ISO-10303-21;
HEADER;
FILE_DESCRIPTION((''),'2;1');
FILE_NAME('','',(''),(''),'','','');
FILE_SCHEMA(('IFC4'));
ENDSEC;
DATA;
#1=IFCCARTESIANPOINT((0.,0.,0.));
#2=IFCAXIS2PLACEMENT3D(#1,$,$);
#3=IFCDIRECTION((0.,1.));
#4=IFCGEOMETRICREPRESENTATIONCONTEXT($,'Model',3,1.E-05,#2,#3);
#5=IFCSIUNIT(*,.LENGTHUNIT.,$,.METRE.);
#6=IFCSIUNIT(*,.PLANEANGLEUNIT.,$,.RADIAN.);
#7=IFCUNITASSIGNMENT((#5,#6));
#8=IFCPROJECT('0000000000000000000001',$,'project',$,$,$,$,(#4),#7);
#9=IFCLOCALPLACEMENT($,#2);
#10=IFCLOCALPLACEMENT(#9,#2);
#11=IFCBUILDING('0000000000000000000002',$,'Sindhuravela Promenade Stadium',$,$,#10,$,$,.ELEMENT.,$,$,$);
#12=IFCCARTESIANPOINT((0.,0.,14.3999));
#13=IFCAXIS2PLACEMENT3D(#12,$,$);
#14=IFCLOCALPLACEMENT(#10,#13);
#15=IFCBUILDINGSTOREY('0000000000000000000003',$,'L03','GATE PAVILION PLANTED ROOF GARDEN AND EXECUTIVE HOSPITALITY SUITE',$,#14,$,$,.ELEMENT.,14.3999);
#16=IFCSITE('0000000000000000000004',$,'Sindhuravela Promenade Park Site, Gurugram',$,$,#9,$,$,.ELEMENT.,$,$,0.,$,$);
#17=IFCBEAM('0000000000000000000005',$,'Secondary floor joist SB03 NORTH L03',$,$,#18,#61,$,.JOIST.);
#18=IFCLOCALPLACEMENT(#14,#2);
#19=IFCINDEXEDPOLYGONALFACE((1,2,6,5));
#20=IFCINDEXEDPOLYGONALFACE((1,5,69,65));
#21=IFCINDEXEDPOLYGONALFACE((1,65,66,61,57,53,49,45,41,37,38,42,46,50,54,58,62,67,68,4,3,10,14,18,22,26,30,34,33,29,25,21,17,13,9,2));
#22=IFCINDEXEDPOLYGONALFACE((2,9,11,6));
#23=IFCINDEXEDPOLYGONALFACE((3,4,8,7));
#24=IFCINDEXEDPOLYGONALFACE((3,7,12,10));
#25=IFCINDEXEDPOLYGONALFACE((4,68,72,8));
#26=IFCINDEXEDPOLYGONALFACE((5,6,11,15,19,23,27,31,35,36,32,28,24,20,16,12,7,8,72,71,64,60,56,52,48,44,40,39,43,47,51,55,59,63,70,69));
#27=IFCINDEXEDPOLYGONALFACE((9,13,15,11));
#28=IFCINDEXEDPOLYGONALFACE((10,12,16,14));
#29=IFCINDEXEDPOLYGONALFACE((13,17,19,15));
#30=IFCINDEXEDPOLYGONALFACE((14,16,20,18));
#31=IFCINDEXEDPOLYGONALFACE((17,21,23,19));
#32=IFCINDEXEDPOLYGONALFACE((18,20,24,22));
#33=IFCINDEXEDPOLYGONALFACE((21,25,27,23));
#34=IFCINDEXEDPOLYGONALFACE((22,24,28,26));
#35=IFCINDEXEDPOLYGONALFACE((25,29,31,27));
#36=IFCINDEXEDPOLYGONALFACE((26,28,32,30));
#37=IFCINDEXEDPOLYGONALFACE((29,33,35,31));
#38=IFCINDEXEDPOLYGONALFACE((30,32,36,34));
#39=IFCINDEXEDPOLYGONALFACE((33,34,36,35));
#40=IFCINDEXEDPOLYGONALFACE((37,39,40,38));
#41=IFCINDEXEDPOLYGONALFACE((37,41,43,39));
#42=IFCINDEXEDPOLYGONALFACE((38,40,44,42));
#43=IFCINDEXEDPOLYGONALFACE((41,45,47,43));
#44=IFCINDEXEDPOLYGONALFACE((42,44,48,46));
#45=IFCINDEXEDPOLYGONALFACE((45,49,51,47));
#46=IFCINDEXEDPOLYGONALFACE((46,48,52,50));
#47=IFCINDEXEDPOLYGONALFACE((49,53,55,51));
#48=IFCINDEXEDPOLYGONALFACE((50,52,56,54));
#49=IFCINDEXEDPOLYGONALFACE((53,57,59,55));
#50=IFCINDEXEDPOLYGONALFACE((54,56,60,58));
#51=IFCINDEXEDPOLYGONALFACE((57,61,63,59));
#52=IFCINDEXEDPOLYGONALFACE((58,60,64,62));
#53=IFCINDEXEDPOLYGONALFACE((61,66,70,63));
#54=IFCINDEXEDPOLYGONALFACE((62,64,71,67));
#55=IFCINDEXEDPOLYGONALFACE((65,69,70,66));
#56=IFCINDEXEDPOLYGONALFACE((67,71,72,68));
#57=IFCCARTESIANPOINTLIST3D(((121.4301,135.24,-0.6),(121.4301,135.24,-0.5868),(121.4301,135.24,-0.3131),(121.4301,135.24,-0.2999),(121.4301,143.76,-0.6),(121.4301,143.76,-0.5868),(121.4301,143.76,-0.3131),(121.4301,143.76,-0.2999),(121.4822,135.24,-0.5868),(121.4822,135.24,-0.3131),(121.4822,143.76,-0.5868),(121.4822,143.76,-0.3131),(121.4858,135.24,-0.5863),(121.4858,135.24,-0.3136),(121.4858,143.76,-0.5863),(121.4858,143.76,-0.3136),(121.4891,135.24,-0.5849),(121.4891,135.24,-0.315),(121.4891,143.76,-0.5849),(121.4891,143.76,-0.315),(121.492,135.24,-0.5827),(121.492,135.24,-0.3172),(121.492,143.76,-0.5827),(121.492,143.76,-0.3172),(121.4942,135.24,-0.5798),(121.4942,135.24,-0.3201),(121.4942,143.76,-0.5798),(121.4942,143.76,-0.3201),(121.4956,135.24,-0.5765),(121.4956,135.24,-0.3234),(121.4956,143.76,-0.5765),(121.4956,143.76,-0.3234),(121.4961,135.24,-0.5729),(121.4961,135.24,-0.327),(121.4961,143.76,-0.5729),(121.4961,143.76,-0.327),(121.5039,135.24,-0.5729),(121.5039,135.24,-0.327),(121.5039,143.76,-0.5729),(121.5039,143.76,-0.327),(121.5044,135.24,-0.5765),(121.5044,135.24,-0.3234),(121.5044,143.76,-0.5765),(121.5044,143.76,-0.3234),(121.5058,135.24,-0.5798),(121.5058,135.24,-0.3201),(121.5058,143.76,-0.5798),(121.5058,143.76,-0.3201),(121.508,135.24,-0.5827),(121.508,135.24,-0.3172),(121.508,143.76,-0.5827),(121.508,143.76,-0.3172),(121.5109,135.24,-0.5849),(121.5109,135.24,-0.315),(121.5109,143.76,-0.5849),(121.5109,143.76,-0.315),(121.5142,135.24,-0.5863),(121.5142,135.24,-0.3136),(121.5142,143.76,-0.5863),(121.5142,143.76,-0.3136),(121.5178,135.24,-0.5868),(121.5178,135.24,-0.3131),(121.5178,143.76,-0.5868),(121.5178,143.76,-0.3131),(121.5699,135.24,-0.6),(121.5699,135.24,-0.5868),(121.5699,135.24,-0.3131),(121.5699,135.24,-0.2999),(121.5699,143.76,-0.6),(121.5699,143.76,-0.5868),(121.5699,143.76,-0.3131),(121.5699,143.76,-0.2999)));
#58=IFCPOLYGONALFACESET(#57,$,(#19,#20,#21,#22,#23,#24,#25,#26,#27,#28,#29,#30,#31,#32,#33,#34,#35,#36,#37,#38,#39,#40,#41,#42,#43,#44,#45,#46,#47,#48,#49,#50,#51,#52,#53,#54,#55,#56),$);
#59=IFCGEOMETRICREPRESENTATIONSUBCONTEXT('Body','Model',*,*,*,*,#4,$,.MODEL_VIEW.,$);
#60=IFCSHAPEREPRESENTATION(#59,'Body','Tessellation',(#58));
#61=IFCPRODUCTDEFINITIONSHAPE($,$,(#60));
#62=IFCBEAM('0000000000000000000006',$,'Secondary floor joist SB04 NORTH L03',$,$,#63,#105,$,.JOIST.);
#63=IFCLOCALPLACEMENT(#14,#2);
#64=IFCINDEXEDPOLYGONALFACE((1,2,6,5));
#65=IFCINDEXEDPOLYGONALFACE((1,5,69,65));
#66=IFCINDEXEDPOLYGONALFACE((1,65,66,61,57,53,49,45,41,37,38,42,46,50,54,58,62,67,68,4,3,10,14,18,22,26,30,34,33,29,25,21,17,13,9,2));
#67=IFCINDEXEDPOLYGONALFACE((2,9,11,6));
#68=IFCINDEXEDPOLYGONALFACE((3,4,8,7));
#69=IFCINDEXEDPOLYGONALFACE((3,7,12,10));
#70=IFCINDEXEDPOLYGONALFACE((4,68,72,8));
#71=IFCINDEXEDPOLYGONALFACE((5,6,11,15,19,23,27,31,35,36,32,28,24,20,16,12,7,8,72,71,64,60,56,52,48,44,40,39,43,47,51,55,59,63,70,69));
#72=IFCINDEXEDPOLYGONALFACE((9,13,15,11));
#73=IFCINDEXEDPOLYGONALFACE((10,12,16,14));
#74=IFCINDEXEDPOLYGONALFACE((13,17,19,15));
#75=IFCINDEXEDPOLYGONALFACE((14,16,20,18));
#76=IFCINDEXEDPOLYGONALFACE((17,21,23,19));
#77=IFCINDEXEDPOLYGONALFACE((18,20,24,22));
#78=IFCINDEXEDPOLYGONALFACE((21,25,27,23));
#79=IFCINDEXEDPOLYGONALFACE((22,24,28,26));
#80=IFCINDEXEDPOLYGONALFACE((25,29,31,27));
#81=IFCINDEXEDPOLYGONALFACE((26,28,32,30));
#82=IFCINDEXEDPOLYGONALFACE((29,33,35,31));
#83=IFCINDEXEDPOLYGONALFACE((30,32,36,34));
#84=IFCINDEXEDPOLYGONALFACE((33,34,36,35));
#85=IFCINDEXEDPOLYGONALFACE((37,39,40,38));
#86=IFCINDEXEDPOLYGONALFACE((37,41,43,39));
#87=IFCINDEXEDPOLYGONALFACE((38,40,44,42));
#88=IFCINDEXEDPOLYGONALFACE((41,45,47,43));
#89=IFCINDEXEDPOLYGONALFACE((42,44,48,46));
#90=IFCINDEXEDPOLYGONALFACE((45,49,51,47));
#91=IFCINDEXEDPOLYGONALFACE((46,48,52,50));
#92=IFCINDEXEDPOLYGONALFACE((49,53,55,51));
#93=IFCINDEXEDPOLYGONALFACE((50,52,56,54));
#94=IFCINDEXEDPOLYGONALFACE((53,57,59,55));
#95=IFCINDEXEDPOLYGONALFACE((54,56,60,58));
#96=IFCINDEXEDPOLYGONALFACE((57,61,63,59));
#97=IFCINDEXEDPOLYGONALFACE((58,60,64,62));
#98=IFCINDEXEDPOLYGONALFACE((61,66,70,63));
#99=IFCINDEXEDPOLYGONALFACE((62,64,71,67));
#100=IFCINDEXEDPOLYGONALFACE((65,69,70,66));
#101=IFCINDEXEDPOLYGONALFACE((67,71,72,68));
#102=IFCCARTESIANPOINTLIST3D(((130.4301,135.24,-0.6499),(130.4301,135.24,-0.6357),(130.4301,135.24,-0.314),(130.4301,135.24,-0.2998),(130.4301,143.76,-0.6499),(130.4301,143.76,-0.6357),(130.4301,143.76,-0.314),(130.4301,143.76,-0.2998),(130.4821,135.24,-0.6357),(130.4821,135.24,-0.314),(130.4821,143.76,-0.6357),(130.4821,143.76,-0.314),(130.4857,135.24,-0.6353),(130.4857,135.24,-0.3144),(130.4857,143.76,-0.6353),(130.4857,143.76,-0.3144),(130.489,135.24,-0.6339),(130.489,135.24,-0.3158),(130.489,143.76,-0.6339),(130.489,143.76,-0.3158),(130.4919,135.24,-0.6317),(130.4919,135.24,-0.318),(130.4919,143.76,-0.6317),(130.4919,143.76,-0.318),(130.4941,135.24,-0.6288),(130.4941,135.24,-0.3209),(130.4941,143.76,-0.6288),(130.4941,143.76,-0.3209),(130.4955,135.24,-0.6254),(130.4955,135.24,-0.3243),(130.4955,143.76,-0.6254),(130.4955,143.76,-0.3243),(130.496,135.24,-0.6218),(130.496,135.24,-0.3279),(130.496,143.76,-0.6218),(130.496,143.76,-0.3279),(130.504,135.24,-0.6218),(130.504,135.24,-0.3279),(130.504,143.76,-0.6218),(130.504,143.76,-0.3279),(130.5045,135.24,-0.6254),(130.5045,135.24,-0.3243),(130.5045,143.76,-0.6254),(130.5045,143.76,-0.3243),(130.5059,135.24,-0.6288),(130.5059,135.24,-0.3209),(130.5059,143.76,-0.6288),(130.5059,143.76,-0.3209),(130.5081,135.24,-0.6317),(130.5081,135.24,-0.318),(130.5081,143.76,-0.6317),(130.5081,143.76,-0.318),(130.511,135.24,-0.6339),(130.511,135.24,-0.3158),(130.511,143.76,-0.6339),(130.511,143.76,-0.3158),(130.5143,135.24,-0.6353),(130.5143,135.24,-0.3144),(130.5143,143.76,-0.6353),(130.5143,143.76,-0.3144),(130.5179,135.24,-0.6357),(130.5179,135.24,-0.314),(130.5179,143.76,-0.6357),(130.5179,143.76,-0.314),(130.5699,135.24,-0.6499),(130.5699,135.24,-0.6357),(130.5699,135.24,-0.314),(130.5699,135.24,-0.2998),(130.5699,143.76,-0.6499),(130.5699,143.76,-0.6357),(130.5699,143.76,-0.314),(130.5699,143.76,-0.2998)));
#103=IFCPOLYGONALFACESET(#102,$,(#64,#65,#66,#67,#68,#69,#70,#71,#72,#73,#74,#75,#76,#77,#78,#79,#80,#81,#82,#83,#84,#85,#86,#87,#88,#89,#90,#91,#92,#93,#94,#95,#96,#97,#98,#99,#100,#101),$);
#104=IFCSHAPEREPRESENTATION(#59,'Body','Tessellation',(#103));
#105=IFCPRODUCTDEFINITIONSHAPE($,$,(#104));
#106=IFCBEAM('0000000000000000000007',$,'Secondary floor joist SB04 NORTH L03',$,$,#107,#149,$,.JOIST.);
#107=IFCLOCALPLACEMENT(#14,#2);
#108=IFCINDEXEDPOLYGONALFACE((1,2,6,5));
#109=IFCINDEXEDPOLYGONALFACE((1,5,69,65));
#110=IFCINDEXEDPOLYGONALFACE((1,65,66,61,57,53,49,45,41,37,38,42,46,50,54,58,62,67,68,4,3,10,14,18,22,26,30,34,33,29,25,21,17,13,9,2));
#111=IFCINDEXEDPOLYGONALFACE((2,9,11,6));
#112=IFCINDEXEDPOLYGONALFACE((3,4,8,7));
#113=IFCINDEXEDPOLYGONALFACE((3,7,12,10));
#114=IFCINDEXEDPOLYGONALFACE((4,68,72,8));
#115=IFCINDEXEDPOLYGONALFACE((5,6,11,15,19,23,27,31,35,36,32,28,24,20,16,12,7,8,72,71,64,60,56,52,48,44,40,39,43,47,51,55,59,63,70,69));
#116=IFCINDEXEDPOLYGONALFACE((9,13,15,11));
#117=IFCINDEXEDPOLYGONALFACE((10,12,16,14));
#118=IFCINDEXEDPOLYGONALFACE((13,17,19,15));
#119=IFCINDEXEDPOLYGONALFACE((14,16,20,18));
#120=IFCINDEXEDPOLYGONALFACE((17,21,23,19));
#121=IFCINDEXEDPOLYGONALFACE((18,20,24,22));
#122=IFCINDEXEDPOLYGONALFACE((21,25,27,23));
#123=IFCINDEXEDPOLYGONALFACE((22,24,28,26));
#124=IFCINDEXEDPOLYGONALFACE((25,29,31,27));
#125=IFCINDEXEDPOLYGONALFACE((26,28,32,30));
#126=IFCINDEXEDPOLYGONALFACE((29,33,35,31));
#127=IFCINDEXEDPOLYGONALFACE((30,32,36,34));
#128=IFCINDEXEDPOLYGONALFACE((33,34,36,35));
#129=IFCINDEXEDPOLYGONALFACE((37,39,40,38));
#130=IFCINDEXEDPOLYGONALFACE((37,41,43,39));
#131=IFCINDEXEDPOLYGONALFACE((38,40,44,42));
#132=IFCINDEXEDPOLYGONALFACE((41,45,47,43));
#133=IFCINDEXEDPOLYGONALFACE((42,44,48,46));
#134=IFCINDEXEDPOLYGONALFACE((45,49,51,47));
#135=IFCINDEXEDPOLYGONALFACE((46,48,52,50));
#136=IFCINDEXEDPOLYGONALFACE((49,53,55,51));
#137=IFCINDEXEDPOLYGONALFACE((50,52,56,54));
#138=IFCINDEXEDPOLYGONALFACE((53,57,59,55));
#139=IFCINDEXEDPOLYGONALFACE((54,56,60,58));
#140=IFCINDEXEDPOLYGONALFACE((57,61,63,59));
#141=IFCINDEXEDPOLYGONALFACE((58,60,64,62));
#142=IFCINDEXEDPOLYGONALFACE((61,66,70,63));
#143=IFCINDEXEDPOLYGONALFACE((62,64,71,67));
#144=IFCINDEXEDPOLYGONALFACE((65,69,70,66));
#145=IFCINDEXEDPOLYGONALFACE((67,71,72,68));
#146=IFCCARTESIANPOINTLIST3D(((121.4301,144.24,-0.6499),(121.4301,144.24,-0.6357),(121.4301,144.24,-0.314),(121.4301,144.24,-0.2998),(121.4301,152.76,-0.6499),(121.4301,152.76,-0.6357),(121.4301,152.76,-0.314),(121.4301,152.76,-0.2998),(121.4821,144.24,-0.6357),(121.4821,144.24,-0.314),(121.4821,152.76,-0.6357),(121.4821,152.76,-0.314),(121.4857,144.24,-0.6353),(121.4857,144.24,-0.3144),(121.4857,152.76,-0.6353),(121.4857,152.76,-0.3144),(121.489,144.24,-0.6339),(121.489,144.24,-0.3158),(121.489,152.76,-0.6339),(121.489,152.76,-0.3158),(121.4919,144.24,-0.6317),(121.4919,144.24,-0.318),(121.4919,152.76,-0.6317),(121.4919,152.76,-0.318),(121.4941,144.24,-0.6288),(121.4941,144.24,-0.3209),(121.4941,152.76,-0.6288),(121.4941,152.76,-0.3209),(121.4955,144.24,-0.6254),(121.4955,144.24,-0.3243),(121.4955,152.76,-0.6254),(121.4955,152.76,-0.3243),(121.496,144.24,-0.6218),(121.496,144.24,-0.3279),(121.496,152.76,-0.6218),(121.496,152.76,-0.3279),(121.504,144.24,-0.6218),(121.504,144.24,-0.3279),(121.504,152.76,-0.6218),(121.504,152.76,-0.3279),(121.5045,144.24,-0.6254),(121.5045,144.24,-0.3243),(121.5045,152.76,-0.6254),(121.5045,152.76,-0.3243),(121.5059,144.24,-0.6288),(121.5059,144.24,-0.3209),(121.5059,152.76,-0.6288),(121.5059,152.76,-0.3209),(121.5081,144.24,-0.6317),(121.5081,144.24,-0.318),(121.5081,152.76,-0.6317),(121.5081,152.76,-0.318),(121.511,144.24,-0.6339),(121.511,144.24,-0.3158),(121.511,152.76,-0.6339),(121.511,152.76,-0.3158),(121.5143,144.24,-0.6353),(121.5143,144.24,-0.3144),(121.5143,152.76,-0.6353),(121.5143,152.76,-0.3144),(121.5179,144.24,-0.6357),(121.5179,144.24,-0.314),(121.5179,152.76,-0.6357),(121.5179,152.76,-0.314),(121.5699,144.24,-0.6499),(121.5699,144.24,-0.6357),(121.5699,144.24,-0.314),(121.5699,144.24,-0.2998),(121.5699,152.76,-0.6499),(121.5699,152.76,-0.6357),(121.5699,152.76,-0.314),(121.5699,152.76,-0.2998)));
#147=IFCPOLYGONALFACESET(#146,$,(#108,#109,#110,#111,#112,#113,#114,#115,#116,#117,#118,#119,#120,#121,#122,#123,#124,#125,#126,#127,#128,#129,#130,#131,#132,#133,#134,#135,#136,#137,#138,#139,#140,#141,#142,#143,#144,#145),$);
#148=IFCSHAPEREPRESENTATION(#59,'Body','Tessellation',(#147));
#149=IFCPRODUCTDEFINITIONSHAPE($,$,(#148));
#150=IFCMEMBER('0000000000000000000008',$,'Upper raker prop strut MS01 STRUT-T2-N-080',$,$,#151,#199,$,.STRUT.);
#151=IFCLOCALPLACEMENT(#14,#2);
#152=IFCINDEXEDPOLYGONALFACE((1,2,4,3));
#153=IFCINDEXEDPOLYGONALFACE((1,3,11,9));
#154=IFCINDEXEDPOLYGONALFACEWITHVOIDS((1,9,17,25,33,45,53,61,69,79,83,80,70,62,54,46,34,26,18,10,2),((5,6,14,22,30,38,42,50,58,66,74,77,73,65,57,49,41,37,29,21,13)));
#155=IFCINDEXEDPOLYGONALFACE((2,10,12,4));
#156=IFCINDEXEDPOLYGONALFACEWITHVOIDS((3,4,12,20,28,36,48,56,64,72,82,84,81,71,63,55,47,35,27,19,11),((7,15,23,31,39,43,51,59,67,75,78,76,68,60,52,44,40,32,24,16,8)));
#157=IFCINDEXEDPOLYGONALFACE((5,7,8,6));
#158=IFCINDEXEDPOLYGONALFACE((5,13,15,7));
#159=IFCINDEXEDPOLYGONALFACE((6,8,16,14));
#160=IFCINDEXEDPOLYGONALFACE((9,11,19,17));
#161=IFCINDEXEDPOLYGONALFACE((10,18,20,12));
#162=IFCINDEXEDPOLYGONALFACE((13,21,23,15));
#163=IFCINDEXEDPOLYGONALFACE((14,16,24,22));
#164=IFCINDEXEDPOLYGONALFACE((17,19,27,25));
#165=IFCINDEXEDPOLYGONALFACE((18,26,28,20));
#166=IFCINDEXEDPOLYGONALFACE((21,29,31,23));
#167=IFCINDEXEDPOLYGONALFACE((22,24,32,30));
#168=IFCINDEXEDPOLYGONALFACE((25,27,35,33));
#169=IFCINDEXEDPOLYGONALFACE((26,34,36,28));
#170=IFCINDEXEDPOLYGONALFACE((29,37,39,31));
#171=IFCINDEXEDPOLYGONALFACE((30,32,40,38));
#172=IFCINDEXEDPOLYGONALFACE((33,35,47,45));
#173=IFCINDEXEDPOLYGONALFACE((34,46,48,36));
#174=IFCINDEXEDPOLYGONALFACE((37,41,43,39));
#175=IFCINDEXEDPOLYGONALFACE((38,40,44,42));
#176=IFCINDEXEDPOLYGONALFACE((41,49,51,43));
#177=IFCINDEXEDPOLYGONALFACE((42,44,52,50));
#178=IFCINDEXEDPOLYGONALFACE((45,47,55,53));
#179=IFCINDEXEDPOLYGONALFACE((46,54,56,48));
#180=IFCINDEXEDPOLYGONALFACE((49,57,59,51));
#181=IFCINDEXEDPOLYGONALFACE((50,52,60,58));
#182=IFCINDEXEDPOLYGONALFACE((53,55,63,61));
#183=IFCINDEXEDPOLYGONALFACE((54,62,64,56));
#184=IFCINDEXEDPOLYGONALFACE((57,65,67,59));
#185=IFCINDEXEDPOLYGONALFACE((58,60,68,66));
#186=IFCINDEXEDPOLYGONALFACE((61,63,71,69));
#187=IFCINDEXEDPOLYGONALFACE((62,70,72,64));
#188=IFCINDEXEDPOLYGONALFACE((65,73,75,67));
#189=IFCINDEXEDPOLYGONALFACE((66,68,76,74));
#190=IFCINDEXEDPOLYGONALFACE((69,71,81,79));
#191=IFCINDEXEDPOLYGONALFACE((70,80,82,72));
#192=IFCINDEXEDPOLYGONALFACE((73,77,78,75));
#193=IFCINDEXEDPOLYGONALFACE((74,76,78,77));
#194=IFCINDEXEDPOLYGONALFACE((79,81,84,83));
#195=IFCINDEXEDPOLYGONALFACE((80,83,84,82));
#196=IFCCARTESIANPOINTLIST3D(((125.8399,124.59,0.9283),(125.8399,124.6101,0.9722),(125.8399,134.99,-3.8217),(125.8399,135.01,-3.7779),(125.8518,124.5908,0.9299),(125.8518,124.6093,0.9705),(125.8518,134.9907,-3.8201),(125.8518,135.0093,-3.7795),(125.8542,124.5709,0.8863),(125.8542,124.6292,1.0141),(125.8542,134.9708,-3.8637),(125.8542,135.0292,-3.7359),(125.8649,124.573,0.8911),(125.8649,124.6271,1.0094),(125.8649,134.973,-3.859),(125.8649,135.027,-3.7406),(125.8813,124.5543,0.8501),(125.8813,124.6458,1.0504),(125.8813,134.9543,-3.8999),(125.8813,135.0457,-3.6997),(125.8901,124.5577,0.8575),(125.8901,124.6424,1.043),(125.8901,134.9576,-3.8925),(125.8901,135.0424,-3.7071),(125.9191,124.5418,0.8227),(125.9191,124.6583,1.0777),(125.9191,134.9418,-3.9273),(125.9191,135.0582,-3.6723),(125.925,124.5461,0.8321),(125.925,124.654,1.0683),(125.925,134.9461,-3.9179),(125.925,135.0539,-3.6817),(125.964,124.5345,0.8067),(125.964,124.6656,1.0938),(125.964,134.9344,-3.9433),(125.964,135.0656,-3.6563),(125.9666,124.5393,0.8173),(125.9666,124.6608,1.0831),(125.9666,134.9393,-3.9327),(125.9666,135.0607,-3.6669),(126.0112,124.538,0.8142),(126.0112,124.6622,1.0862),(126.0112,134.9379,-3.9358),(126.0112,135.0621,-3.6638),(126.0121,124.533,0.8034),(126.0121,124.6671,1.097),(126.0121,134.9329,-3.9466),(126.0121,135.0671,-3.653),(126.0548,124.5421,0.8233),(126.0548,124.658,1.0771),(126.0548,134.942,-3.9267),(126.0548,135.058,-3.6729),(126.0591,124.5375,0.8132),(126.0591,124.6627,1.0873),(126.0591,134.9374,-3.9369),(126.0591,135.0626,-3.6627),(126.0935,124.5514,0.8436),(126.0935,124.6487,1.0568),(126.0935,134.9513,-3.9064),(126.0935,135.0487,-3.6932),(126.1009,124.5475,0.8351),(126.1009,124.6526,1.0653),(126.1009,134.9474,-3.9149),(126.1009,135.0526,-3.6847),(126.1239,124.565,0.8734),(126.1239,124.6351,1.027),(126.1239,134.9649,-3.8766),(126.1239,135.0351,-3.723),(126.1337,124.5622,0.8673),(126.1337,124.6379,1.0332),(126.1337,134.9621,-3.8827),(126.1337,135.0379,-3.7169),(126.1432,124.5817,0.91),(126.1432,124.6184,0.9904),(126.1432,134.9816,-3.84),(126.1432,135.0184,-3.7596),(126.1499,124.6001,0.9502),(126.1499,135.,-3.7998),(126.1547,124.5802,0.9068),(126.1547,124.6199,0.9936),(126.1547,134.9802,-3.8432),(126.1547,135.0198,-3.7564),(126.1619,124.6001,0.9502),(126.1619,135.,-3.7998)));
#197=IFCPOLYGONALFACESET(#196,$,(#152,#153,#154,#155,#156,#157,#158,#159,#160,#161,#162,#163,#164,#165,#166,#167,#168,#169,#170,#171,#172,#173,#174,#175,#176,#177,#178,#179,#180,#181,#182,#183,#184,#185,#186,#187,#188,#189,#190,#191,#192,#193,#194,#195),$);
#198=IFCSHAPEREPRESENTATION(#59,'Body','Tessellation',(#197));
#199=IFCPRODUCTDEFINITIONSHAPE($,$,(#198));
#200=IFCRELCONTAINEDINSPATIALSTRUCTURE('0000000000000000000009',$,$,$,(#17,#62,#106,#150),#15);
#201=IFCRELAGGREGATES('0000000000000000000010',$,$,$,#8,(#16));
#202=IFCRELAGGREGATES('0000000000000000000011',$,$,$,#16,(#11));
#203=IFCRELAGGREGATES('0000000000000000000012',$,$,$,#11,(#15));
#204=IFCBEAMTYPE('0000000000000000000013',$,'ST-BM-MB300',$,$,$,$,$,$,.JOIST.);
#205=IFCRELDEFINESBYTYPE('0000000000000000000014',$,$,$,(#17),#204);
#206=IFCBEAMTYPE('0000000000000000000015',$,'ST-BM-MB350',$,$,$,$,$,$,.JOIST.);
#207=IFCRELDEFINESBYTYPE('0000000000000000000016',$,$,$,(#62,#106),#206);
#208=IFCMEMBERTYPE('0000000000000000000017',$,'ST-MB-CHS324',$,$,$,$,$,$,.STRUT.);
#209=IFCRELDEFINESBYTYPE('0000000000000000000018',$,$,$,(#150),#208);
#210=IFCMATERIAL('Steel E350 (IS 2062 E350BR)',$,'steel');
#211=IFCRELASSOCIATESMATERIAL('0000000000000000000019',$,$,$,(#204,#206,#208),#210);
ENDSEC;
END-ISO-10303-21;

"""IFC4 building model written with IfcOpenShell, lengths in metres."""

from ifc_helpers import new_model, si_unit, direction, frame, origin, origin_2d, place, context, subcontext, project, spatial, hollow_circle, i_section, extrude, material, material_profile, profile_set, type_object, element, save


model = new_model("IFC4")

# Units and contexts
model_context = context("Model", 3, precision=1e-05, world=origin(), true_north=direction((0.0, 1.0)))
body_context = subcontext(model_context, "Body", "Model", "MODEL_VIEW")
ifc_project = project(units=[si_unit("LENGTHUNIT", "METRE"), si_unit("PLANEANGLEUNIT", "RADIAN")], contexts=[model_context])

# Site, building, storey
site_placement = place(None, origin())
site = spatial("IfcSite", under=ifc_project, at=site_placement, Name="Sindhuravela Promenade Park Site, Gurugram", CompositionType="ELEMENT", RefElevation=0.0)
building_placement = place(site_placement, origin())
building = spatial("IfcBuilding", under=site, at=building_placement, Name="Sindhuravela Promenade Stadium", CompositionType="ELEMENT")
storey_placement = place(building_placement, frame((0.0, 0.0, 14.3999)))
storey = spatial("IfcBuildingStorey", under=building, at=storey_placement, Name="L03", Description="GATE PAVILION PLANTED ROOF GARDEN AND EXECUTIVE HOSPITALITY SUITE", CompositionType="ELEMENT", Elevation=14.3999)

# Beams
ifc_material_1 = material(Name="Steel E350 (IS 2062 E350BR)", Category="steel")
ifc_material_profile_1 = material_profile(ifc_material_1, i_section(OverallWidth=0.1399, OverallDepth=0.3, WebThickness=0.0078, FlangeThickness=0.0132, FilletRadius=0.0139, at=origin_2d()), Name="ISMB 300")
ifc_profile_set_1 = profile_set([ifc_material_profile_1], Name="Steel E350 (IS 2062 E350BR)")
beam_type_1 = type_object("IfcBeamType", Name="ST-BM-MB300", PredefinedType="JOIST", material=ifc_profile_set_1)
beam_placement = place(storey_placement, frame((121.5, 135.24, -0.45), z_axis=(0.0, 1.0, 0.0), x_axis=(-1.0, 0.0, 0.0)))
element("IfcBeam", 1, at=beam_placement, inside=storey, type_object=beam_type_1, Name="Secondary floor joist SB03 NORTH L03", PredefinedType="JOIST", context=body_context, shape_type="SweptSolid", body=[
    extrude(i_section(OverallWidth=0.1399, OverallDepth=0.3, WebThickness=0.0078, FlangeThickness=0.0132, FilletRadius=0.0139, at=origin_2d()), origin(), (0.0, 0.0, 1.0), 8.52),
])
ifc_material_profile_2 = material_profile(ifc_material_1, i_section(OverallWidth=0.1399, OverallDepth=0.3501, WebThickness=0.0081, FlangeThickness=0.0142, FilletRadius=0.0139, at=origin_2d()), Name="ISMB 350")
ifc_profile_set_2 = profile_set([ifc_material_profile_2], Name="Steel E350 (IS 2062 E350BR)")
beam_type_2 = type_object("IfcBeamType", Name="ST-BM-MB350", PredefinedType="JOIST", material=ifc_profile_set_2)
for number, where, z_axis, x_axis, name in (
    (2, (130.5, 135.24, -0.4749), (0.0, 1.0, 0.0), (-1.0, 0.0, 0.0), "Secondary floor joist SB04 NORTH L03"),
    (3, (121.5, 144.24, -0.4749), (0.0, 1.0, 0.0), (-1.0, 0.0, 0.0), "Secondary floor joist SB04 NORTH L03"),
):
    element("IfcBeam", number, at=place(storey_placement, frame(where, z_axis=z_axis, x_axis=x_axis)), inside=storey, type_object=beam_type_2, Name=name, PredefinedType="JOIST", context=body_context, shape_type="SweptSolid", body=[
        extrude(i_section(OverallWidth=0.1399, OverallDepth=0.3501, WebThickness=0.0081, FlangeThickness=0.0142, FilletRadius=0.0139, at=origin_2d()), origin(), (0.0, 0.0, 1.0), 8.52),
    ])

# Member
ifc_material_profile_3 = material_profile(ifc_material_1, hollow_circle(Radius=0.1619, WallThickness=0.012, at=origin_2d()), Name="CHS 323.9x12")
ifc_profile_set_3 = profile_set([ifc_material_profile_3], Name="Steel E350 (IS 2062 E350BR)")
member_type = type_object("IfcMemberType", Name="ST-MB-CHS324", PredefinedType="STRUT", material=ifc_profile_set_3)
member_placement = place(storey_placement, frame((126.0, 135.0, -3.7998), z_axis=(0.0, -0.909615, 0.415453), x_axis=(1.0, 0.0, 0.0)))
element("IfcMember", 4, at=member_placement, inside=storey, type_object=member_type, Name="Upper raker prop strut MS01 STRUT-T2-N-080", PredefinedType="STRUT", context=body_context, shape_type="SweptSolid", body=[
    extrude(hollow_circle(Radius=0.1619, WallThickness=0.012, at=origin_2d()), origin(), (0.0, 0.0, 1.0), 11.4333),
])

save(model, "model.ifc")
